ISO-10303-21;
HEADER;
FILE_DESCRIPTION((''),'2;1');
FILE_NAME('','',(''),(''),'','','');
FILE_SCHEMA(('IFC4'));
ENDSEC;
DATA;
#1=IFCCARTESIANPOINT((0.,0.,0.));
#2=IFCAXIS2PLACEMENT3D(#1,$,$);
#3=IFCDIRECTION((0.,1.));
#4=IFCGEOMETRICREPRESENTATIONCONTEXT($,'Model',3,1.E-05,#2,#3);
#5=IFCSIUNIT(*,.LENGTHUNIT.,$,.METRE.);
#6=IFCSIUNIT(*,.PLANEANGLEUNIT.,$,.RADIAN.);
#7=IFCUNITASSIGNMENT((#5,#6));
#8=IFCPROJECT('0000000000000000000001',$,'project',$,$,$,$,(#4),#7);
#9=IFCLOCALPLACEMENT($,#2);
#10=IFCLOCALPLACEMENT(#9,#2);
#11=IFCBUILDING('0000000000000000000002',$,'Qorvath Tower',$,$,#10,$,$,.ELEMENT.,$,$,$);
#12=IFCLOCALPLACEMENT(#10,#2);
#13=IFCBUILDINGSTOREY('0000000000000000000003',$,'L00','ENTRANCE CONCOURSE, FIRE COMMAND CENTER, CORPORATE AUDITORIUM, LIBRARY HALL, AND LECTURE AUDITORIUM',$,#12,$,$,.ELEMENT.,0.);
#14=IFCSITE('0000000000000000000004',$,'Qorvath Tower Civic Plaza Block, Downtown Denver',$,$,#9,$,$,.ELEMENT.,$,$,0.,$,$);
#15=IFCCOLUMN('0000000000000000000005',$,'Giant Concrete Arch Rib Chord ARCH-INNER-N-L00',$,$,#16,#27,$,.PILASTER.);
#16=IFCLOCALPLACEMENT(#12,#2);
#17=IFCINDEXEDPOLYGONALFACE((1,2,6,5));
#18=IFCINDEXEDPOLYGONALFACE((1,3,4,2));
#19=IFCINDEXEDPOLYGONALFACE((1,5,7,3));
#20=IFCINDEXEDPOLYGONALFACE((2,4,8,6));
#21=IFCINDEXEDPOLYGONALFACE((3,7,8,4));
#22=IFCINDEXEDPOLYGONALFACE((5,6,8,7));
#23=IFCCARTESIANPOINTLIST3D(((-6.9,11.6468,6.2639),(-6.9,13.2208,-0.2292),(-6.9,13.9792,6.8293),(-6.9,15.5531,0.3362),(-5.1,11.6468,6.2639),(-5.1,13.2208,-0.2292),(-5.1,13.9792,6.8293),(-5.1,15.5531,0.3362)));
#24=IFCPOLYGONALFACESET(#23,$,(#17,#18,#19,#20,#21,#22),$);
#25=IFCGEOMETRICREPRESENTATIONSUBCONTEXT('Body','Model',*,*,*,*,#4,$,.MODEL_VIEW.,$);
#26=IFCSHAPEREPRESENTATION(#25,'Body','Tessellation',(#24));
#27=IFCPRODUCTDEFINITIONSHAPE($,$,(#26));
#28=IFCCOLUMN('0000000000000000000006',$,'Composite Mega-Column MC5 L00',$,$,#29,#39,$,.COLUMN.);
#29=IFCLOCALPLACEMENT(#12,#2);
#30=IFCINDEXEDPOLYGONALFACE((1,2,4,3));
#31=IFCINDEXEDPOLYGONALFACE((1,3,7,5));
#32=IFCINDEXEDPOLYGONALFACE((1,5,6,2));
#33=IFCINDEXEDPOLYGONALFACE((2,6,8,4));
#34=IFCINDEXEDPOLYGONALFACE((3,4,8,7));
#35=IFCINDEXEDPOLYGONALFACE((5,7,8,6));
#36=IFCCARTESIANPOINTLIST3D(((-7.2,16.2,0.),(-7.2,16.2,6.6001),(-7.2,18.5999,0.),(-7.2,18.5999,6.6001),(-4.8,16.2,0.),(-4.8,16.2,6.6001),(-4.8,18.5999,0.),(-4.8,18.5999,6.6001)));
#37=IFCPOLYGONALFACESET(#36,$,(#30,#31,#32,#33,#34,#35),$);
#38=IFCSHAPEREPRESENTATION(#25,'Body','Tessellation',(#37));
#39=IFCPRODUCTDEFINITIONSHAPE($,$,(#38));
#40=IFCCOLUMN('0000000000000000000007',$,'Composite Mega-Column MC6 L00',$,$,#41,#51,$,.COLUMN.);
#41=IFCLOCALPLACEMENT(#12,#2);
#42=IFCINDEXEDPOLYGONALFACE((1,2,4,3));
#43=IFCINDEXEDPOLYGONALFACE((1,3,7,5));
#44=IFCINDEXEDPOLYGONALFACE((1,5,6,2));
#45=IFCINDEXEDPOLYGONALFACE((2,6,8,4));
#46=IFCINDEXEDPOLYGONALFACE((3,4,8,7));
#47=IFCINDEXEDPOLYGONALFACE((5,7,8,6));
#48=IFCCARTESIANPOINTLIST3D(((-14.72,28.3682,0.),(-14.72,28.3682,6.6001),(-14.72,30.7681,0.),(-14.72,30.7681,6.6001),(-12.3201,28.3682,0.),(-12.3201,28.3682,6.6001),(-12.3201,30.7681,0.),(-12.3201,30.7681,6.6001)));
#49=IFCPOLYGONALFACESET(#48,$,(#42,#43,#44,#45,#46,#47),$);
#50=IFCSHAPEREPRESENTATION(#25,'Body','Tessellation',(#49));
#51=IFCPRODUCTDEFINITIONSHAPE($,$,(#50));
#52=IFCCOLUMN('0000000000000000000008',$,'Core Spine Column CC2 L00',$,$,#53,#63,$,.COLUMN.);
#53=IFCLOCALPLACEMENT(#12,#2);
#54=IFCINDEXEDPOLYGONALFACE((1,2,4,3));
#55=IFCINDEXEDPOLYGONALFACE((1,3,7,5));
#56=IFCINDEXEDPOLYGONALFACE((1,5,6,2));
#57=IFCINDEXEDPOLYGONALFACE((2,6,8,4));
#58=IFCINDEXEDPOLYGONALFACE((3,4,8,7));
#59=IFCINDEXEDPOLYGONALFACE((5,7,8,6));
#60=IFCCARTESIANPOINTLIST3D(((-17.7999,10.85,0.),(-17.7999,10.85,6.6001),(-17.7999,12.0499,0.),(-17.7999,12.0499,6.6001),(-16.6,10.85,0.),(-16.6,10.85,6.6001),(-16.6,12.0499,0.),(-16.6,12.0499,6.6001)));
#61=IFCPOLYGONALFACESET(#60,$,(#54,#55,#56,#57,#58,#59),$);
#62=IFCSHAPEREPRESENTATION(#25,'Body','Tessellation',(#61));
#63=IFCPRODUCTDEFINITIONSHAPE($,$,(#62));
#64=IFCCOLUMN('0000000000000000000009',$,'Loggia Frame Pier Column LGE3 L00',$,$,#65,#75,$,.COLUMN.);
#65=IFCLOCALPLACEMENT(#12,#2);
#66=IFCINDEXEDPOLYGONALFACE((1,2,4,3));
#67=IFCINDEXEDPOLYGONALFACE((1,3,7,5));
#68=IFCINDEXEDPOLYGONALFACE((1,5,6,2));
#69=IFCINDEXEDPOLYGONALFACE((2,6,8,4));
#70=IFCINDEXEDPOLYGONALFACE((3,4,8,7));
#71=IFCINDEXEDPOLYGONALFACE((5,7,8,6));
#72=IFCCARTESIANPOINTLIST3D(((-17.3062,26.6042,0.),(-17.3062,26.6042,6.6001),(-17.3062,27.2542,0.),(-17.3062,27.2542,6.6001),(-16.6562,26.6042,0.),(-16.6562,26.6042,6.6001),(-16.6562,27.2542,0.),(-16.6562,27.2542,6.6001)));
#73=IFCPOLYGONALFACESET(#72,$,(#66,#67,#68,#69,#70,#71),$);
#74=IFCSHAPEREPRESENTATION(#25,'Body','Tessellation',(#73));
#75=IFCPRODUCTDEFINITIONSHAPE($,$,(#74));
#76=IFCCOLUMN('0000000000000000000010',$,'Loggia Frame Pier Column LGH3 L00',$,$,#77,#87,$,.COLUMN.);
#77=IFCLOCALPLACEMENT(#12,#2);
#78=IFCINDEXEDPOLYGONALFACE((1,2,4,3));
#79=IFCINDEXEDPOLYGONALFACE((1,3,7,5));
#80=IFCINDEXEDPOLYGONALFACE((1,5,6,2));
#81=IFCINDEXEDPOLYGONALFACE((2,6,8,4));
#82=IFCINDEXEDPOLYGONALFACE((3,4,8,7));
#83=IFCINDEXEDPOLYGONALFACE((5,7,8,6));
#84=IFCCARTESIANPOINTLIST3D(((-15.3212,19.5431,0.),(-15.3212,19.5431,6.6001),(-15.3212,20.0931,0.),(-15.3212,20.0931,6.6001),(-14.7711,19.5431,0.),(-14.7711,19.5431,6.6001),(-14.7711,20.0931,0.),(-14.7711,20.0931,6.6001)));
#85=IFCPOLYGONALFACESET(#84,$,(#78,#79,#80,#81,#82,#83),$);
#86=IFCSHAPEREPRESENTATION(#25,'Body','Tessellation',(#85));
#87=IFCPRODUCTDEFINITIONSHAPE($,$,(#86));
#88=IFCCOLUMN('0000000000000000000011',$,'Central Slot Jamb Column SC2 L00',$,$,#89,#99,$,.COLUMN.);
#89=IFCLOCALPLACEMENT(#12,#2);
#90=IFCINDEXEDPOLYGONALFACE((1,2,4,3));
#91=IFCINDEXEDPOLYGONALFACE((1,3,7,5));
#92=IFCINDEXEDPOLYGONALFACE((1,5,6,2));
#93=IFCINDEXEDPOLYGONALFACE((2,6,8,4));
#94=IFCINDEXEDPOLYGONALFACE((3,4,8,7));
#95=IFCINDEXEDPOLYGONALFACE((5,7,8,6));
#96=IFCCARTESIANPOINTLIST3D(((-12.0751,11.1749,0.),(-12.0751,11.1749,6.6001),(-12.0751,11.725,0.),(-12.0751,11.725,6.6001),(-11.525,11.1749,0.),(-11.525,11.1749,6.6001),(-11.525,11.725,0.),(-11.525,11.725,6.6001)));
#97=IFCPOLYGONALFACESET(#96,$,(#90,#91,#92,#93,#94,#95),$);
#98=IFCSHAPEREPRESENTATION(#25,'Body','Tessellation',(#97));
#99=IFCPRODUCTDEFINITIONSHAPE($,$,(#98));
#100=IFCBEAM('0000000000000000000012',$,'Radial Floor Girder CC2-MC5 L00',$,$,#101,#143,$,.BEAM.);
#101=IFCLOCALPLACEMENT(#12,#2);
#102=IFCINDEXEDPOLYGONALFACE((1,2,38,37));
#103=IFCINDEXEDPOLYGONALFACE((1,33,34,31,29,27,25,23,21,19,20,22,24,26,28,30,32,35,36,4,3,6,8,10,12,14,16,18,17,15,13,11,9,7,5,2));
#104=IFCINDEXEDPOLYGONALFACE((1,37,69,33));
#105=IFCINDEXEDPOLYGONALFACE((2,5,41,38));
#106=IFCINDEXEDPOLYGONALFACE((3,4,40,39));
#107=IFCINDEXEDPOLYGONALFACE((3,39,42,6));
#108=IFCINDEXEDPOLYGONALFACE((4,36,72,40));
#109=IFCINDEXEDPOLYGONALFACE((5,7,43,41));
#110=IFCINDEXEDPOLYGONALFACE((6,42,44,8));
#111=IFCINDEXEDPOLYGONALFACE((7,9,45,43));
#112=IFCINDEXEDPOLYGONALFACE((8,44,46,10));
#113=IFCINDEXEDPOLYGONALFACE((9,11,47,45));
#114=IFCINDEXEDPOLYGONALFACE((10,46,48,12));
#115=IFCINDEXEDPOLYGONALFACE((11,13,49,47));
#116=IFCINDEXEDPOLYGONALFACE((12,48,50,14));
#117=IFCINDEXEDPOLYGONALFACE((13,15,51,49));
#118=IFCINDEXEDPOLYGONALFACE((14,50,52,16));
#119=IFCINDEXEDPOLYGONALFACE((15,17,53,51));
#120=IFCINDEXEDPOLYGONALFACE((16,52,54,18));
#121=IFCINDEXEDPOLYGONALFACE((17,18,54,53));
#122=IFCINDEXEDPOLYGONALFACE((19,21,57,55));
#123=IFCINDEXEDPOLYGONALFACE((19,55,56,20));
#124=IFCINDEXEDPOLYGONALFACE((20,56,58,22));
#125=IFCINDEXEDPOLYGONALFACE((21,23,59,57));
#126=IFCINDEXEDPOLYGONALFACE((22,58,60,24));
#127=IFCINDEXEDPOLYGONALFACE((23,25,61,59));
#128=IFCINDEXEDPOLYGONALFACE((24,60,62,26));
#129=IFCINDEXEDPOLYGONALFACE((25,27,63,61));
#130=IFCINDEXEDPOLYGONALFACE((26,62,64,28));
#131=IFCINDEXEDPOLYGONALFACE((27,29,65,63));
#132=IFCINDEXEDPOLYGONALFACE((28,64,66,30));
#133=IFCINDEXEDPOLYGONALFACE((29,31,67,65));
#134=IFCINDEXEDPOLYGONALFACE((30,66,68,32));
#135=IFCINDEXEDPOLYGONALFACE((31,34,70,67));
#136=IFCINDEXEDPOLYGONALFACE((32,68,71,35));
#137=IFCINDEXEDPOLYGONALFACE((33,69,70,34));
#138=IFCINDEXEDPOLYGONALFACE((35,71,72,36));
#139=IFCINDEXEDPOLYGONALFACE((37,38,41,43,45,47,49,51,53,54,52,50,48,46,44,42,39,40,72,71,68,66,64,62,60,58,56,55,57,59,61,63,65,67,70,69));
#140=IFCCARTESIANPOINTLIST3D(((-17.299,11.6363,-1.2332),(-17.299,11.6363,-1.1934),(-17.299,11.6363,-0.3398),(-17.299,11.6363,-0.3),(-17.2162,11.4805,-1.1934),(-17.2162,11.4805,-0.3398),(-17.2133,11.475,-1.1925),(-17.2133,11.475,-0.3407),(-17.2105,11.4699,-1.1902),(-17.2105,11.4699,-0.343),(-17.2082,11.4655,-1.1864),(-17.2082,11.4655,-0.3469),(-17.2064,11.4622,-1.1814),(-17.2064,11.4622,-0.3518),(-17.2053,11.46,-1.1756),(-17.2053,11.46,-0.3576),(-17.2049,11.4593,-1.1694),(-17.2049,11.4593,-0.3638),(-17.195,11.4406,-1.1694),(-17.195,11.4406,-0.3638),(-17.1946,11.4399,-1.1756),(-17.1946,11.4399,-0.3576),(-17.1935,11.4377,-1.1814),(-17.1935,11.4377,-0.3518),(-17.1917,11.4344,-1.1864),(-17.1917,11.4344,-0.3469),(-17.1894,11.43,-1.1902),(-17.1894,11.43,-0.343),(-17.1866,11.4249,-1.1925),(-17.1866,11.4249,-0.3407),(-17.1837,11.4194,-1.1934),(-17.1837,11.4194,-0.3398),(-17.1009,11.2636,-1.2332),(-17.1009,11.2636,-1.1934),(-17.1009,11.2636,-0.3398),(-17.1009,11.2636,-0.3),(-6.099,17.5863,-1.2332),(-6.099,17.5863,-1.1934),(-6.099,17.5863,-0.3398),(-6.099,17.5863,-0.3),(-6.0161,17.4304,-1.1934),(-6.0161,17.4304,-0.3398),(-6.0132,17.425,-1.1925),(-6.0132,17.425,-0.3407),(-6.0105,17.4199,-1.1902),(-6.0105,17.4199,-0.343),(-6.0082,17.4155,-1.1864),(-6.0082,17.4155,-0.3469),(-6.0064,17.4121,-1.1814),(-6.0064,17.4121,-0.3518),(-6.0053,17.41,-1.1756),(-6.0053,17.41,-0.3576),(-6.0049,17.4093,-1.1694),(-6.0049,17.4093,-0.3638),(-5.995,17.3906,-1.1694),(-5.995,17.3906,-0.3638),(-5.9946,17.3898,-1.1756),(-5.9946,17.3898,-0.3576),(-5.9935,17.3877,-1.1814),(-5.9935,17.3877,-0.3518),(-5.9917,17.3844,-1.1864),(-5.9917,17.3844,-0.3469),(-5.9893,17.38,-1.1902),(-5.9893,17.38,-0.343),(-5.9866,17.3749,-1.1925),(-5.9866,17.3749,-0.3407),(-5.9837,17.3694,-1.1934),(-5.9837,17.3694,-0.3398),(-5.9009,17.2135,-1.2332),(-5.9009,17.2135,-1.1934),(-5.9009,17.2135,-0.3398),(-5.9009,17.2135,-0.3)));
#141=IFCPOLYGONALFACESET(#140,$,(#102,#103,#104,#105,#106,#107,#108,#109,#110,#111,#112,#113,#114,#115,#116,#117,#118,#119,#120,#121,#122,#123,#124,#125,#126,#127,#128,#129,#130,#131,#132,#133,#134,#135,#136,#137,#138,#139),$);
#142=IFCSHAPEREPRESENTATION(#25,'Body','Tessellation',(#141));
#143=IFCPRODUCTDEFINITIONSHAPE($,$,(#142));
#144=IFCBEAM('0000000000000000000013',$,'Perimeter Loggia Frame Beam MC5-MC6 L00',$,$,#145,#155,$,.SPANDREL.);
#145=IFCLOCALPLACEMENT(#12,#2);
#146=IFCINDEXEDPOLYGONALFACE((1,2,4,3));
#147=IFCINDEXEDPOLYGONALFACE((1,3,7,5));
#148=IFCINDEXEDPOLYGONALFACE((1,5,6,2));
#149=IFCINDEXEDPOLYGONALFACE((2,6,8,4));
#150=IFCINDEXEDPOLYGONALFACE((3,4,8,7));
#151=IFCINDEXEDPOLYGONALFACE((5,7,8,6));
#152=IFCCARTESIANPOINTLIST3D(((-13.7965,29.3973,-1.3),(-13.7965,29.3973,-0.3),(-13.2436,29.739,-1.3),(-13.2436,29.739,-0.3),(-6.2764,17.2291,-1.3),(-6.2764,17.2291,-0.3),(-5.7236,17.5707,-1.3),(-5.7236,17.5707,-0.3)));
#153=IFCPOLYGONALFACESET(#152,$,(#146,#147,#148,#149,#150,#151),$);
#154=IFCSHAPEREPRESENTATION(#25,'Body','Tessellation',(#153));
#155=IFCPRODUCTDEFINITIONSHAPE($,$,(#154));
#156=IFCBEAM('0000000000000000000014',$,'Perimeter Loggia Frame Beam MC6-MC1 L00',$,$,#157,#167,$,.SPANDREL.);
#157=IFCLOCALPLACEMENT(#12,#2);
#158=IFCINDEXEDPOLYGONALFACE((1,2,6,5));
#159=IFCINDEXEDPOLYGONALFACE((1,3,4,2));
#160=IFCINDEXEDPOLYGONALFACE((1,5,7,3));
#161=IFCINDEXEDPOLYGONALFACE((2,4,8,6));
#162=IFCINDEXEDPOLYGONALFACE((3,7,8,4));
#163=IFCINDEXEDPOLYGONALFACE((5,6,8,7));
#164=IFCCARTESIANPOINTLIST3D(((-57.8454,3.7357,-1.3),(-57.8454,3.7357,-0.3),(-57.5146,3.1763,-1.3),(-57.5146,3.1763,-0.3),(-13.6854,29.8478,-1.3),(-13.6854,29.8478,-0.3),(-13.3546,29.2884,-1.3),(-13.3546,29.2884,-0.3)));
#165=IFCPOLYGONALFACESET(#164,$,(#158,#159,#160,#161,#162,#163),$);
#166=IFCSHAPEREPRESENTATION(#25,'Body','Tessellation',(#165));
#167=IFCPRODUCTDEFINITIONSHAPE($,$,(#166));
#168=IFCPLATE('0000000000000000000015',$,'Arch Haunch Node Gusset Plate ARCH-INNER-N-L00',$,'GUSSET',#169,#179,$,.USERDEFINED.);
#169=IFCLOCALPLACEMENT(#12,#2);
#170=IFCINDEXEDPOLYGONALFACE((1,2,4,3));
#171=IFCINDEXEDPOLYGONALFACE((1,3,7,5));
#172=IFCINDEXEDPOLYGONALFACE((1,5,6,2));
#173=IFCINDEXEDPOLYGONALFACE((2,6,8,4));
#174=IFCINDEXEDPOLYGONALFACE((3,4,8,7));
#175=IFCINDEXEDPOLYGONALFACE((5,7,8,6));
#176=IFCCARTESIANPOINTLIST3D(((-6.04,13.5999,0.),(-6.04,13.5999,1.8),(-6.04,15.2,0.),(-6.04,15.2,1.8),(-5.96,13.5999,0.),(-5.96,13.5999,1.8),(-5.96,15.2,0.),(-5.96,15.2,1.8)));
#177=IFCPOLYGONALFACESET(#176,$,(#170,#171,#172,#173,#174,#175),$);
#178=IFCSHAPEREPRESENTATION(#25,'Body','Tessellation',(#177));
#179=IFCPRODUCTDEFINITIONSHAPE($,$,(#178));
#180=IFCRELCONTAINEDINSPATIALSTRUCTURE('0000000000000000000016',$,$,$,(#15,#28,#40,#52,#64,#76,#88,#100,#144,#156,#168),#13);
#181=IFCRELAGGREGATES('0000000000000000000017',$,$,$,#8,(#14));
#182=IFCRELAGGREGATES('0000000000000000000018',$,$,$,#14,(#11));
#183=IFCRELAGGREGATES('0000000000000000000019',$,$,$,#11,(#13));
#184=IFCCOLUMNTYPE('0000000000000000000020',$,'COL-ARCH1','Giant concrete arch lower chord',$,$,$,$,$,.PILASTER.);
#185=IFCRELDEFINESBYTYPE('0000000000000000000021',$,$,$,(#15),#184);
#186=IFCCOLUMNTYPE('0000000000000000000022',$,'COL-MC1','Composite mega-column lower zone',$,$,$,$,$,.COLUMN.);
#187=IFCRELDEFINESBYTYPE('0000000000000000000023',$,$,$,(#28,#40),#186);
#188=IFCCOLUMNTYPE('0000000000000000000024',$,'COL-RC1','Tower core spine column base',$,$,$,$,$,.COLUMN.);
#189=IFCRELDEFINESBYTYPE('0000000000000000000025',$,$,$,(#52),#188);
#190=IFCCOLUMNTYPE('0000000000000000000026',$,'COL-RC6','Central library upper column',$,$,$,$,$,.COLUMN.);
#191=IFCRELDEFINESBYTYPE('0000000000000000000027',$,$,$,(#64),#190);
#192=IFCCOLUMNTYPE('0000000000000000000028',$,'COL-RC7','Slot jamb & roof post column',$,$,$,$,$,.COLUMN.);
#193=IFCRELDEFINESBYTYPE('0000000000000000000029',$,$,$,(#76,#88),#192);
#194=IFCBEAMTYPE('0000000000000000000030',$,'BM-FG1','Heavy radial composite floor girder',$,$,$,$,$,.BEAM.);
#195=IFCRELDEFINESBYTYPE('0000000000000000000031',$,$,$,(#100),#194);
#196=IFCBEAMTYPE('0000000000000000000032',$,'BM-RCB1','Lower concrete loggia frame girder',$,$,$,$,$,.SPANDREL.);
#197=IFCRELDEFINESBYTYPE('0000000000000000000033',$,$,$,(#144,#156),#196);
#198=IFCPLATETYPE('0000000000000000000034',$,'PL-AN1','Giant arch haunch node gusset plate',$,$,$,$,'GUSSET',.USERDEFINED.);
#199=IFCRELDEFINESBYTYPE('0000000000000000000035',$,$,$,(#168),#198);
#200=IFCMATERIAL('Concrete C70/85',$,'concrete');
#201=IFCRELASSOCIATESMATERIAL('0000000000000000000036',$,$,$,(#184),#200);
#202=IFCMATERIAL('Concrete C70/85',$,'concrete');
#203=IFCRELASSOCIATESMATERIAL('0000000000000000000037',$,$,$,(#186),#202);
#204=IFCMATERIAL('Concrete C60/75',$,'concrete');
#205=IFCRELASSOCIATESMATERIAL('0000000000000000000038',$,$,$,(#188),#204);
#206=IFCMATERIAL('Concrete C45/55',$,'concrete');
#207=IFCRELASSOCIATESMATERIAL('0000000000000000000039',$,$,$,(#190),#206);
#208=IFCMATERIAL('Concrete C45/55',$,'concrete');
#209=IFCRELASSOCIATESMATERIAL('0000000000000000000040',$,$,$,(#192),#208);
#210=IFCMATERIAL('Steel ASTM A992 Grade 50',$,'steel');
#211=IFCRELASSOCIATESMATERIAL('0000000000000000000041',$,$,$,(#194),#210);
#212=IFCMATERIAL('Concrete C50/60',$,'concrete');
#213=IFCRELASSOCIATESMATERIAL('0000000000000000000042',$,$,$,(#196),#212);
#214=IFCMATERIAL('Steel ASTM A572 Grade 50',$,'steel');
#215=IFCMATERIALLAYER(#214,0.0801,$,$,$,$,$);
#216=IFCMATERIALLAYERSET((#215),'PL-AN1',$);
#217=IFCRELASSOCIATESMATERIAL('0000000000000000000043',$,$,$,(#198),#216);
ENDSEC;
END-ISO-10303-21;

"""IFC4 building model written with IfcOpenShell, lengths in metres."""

from ifc_helpers import new_model, si_unit, direction, frame, origin, origin_2d, place, context, subcontext, project, spatial, rectangle, i_section, extrude, material, layer, layer_set, material_profile, profile_set, type_object, element, save


model = new_model("IFC4")

# Units and contexts
model_context = context("Model", 3, precision=1e-05, world=origin(), true_north=direction((0.0, 1.0)))
body_context = subcontext(model_context, "Body", "Model", "MODEL_VIEW")
ifc_project = project(units=[si_unit("LENGTHUNIT", "METRE"), si_unit("PLANEANGLEUNIT", "RADIAN")], contexts=[model_context])

# Site, building, storey
site_placement = place(None, origin())
site = spatial("IfcSite", under=ifc_project, at=site_placement, Name="Qorvath Tower Civic Plaza Block, Downtown Denver", CompositionType="ELEMENT", RefElevation=0.0)
building_placement = place(site_placement, origin())
building = spatial("IfcBuilding", under=site, at=building_placement, Name="Qorvath Tower", CompositionType="ELEMENT")
storey_placement = place(building_placement, origin())
storey = spatial("IfcBuildingStorey", under=building, at=storey_placement, Name="L00", Description="ENTRANCE CONCOURSE, FIRE COMMAND CENTER, CORPORATE AUDITORIUM, LIBRARY HALL, AND LECTURE AUDITORIUM", CompositionType="ELEMENT", Elevation=0.0)

# Columns
ifc_material_1 = material(Name="Concrete C70/85", Category="concrete")
ifc_material_profile_1 = material_profile(ifc_material_1, rectangle(XDim=1.8, YDim=2.3999, at=origin_2d()), Name="ARCH 2400x1800")
ifc_profile_set_1 = profile_set([ifc_material_profile_1], Name="Concrete C70/85")
column_type_1 = type_object("IfcColumnType", Name="COL-ARCH1", Description="Giant concrete arch lower chord", PredefinedType="PILASTER", material=ifc_profile_set_1)
column_1_placement = place(storey_placement, frame((-6.0, 14.387, 0.0535), z_axis=(0.0, -0.235582, 0.971854), x_axis=(1.0, 0.0, 0.0)))
element("IfcColumn", 1, at=column_1_placement, inside=storey, type_object=column_type_1, Name="Giant Concrete Arch Rib Chord ARCH-INNER-N-L00", PredefinedType="PILASTER", context=body_context, shape_type="SweptSolid", body=[
    extrude(rectangle(XDim=1.8, YDim=2.3999, at=origin_2d()), origin(), (0.0, 0.0, 1.0), 6.6812),
])
ifc_material_2 = material(Name="Concrete C70/85", Category="concrete")
ifc_material_profile_2 = material_profile(ifc_material_2, rectangle(XDim=2.3999, YDim=2.3999, at=origin_2d()), Name="MC 2400x2400")
ifc_profile_set_2 = profile_set([ifc_material_profile_2], Name="Concrete C70/85")
column_type_2 = type_object("IfcColumnType", Name="COL-MC1", Description="Composite mega-column lower zone", PredefinedType="COLUMN", material=ifc_profile_set_2)
for number, where, z_axis, x_axis, name in (
    (2, (-6.0, 17.3999, 0.0), (0.0, 0.0, 1.0), (1.0, 0.0, 0.0), "Composite Mega-Column MC5 L00"),
    (3, (-13.52, 29.5681, 0.0), (0.0, 0.0, 1.0), (1.0, 0.0, 0.0), "Composite Mega-Column MC6 L00"),
):
    element("IfcColumn", number, at=place(storey_placement, frame(where, z_axis=z_axis, x_axis=x_axis)), inside=storey, type_object=column_type_2, Name=name, PredefinedType="COLUMN", context=body_context, shape_type="SweptSolid", body=[
        extrude(rectangle(XDim=2.3999, YDim=2.3999, at=origin_2d()), origin(), (0.0, 0.0, 1.0), 6.6001),
    ])
ifc_material_3 = material(Name="Concrete C60/75", Category="concrete")
ifc_material_profile_3 = material_profile(ifc_material_3, rectangle(XDim=1.2, YDim=1.2, at=origin_2d()), Name="RC 1200x1200")
ifc_profile_set_3 = profile_set([ifc_material_profile_3], Name="Concrete C60/75")
column_type_3 = type_object("IfcColumnType", Name="COL-RC1", Description="Tower core spine column base", PredefinedType="COLUMN", material=ifc_profile_set_3)
column_2_placement = place(storey_placement, frame((-17.2, 11.45, 0.0), z_axis=(0.0, 0.0, 1.0), x_axis=(1.0, 0.0, 0.0)))
element("IfcColumn", 4, at=column_2_placement, inside=storey, type_object=column_type_3, Name="Core Spine Column CC2 L00", PredefinedType="COLUMN", context=body_context, shape_type="SweptSolid", body=[
    extrude(rectangle(XDim=1.2, YDim=1.2, at=origin_2d()), origin(), (0.0, 0.0, 1.0), 6.6001),
])
ifc_material_4 = material(Name="Concrete C45/55", Category="concrete")
ifc_material_profile_4 = material_profile(ifc_material_4, rectangle(XDim=0.6499, YDim=0.6499, at=origin_2d()), Name="RC 650x650")
ifc_profile_set_4 = profile_set([ifc_material_profile_4], Name="Concrete C45/55")
column_type_4 = type_object("IfcColumnType", Name="COL-RC6", Description="Central library upper column", PredefinedType="COLUMN", material=ifc_profile_set_4)
column_3_placement = place(storey_placement, frame((-16.9812, 26.9292, 0.0), z_axis=(0.0, 0.0, 1.0), x_axis=(1.0, 0.0, 0.0)))
element("IfcColumn", 5, at=column_3_placement, inside=storey, type_object=column_type_4, Name="Loggia Frame Pier Column LGE3 L00", PredefinedType="COLUMN", context=body_context, shape_type="SweptSolid", body=[
    extrude(rectangle(XDim=0.6499, YDim=0.6499, at=origin_2d()), origin(), (0.0, 0.0, 1.0), 6.6001),
])
ifc_material_5 = material(Name="Concrete C45/55", Category="concrete")
ifc_material_profile_5 = material_profile(ifc_material_5, rectangle(XDim=0.55, YDim=0.55, at=origin_2d()), Name="RC 550x550")
ifc_profile_set_5 = profile_set([ifc_material_profile_5], Name="Concrete C45/55")
column_type_5 = type_object("IfcColumnType", Name="COL-RC7", Description="Slot jamb & roof post column", PredefinedType="COLUMN", material=ifc_profile_set_5)
for number, where, z_axis, x_axis, name in (
    (6, (-15.0461, 19.8181, 0.0), (0.0, 0.0, 1.0), (1.0, 0.0, 0.0), "Loggia Frame Pier Column LGH3 L00"),
    (7, (-11.8, 11.45, 0.0), (0.0, 0.0, 1.0), (1.0, 0.0, 0.0), "Central Slot Jamb Column SC2 L00"),
):
    element("IfcColumn", number, at=place(storey_placement, frame(where, z_axis=z_axis, x_axis=x_axis)), inside=storey, type_object=column_type_5, Name=name, PredefinedType="COLUMN", context=body_context, shape_type="SweptSolid", body=[
        extrude(rectangle(XDim=0.55, YDim=0.55, at=origin_2d()), origin(), (0.0, 0.0, 1.0), 6.6001),
    ])

# Beams
ifc_material_6 = material(Name="Steel ASTM A992 Grade 50", Category="steel")
ifc_material_profile_6 = material_profile(ifc_material_6, i_section(OverallWidth=0.4221, OverallDepth=0.9331, WebThickness=0.0212, FlangeThickness=0.0398, FilletRadius=0.0239, at=origin_2d()), Name="W36x262")
ifc_profile_set_6 = profile_set([ifc_material_profile_6], Name="Steel ASTM A992 Grade 50")
beam_type_1 = type_object("IfcBeamType", Name="BM-FG1", Description="Heavy radial composite floor girder", PredefinedType="BEAM", material=ifc_profile_set_6)
beam_1_placement = place(storey_placement, frame((-17.2, 11.45, -0.7666), z_axis=(0.883116, 0.469154, 0.0), x_axis=(-0.469154, 0.883116, 0.0)))
element("IfcBeam", 8, at=beam_1_placement, inside=storey, type_object=beam_type_1, Name="Radial Floor Girder CC2-MC5 L00", PredefinedType="BEAM", context=body_context, shape_type="SweptSolid", body=[
    extrude(i_section(OverallWidth=0.4221, OverallDepth=0.9331, WebThickness=0.0212, FlangeThickness=0.0398, FilletRadius=0.0239, at=origin_2d()), origin(), (0.0, 0.0, 1.0), 12.6824),
])
ifc_material_7 = material(Name="Concrete C50/60", Category="concrete")
ifc_material_profile_7 = material_profile(ifc_material_7, rectangle(XDim=0.6499, YDim=1.0, at=origin_2d()), Name="RCB 1000x650")
ifc_profile_set_7 = profile_set([ifc_material_profile_7], Name="Concrete C50/60")
beam_type_2 = type_object("IfcBeamType", Name="BM-RCB1", Description="Lower concrete loggia frame girder", PredefinedType="SPANDREL", material=ifc_profile_set_7)
beam_2_placement = place(storey_placement, frame((-6.0, 17.3999, -0.8), z_axis=(-0.525713, 0.850662, 0.0), x_axis=(-0.850662, -0.525713, 0.0)))
element("IfcBeam", 9, at=beam_2_placement, inside=storey, type_object=beam_type_2, Name="Perimeter Loggia Frame Beam MC5-MC6 L00", PredefinedType="SPANDREL", context=body_context, shape_type="SweptSolid", body=[
    extrude(rectangle(XDim=0.6499, YDim=1.0, at=origin_2d()), origin(), (0.0, 0.0, 1.0), 14.3044),
])
beam_3_placement = place(storey_placement, frame((-13.52, 29.5681, -0.8), z_axis=(-0.860777, -0.508983, 0.0), x_axis=(0.508983, -0.860777, 0.0)))
element("IfcBeam", 10, at=beam_3_placement, inside=storey, type_object=beam_type_2, Name="Perimeter Loggia Frame Beam MC6-MC1 L00", PredefinedType="SPANDREL", context=body_context, shape_type="SweptSolid", body=[
    extrude(rectangle(XDim=0.6499, YDim=1.0, at=origin_2d()), origin(), (0.0, 0.0, 1.0), 51.3025),
])

# Plate
ifc_material_8 = material(Name="Steel ASTM A572 Grade 50", Category="steel")
ifc_layer_1 = layer(ifc_material_8, 0.0801)
ifc_layer_set_1 = layer_set([ifc_layer_1], Name="PL-AN1")
plate_type = type_object("IfcPlateType", Name="PL-AN1", Description="Giant arch haunch node gusset plate", ElementType="GUSSET", PredefinedType="USERDEFINED", material=ifc_layer_set_1)
plate_placement = place(storey_placement, frame((-6.0, 14.3999, 0.0), z_axis=(0.0, 0.0, 1.0), x_axis=(0.0, 1.0, 0.0)))
element("IfcPlate", 11, at=plate_placement, inside=storey, type_object=plate_type, Name="Arch Haunch Node Gusset Plate ARCH-INNER-N-L00", ObjectType="GUSSET", PredefinedType="USERDEFINED", context=body_context, shape_type="SweptSolid", body=[
    extrude(rectangle(XDim=1.6001, YDim=0.0801, at=origin_2d()), origin(), (0.0, 0.0, 1.0), 1.8),
])

save(model, "model.ifc")
